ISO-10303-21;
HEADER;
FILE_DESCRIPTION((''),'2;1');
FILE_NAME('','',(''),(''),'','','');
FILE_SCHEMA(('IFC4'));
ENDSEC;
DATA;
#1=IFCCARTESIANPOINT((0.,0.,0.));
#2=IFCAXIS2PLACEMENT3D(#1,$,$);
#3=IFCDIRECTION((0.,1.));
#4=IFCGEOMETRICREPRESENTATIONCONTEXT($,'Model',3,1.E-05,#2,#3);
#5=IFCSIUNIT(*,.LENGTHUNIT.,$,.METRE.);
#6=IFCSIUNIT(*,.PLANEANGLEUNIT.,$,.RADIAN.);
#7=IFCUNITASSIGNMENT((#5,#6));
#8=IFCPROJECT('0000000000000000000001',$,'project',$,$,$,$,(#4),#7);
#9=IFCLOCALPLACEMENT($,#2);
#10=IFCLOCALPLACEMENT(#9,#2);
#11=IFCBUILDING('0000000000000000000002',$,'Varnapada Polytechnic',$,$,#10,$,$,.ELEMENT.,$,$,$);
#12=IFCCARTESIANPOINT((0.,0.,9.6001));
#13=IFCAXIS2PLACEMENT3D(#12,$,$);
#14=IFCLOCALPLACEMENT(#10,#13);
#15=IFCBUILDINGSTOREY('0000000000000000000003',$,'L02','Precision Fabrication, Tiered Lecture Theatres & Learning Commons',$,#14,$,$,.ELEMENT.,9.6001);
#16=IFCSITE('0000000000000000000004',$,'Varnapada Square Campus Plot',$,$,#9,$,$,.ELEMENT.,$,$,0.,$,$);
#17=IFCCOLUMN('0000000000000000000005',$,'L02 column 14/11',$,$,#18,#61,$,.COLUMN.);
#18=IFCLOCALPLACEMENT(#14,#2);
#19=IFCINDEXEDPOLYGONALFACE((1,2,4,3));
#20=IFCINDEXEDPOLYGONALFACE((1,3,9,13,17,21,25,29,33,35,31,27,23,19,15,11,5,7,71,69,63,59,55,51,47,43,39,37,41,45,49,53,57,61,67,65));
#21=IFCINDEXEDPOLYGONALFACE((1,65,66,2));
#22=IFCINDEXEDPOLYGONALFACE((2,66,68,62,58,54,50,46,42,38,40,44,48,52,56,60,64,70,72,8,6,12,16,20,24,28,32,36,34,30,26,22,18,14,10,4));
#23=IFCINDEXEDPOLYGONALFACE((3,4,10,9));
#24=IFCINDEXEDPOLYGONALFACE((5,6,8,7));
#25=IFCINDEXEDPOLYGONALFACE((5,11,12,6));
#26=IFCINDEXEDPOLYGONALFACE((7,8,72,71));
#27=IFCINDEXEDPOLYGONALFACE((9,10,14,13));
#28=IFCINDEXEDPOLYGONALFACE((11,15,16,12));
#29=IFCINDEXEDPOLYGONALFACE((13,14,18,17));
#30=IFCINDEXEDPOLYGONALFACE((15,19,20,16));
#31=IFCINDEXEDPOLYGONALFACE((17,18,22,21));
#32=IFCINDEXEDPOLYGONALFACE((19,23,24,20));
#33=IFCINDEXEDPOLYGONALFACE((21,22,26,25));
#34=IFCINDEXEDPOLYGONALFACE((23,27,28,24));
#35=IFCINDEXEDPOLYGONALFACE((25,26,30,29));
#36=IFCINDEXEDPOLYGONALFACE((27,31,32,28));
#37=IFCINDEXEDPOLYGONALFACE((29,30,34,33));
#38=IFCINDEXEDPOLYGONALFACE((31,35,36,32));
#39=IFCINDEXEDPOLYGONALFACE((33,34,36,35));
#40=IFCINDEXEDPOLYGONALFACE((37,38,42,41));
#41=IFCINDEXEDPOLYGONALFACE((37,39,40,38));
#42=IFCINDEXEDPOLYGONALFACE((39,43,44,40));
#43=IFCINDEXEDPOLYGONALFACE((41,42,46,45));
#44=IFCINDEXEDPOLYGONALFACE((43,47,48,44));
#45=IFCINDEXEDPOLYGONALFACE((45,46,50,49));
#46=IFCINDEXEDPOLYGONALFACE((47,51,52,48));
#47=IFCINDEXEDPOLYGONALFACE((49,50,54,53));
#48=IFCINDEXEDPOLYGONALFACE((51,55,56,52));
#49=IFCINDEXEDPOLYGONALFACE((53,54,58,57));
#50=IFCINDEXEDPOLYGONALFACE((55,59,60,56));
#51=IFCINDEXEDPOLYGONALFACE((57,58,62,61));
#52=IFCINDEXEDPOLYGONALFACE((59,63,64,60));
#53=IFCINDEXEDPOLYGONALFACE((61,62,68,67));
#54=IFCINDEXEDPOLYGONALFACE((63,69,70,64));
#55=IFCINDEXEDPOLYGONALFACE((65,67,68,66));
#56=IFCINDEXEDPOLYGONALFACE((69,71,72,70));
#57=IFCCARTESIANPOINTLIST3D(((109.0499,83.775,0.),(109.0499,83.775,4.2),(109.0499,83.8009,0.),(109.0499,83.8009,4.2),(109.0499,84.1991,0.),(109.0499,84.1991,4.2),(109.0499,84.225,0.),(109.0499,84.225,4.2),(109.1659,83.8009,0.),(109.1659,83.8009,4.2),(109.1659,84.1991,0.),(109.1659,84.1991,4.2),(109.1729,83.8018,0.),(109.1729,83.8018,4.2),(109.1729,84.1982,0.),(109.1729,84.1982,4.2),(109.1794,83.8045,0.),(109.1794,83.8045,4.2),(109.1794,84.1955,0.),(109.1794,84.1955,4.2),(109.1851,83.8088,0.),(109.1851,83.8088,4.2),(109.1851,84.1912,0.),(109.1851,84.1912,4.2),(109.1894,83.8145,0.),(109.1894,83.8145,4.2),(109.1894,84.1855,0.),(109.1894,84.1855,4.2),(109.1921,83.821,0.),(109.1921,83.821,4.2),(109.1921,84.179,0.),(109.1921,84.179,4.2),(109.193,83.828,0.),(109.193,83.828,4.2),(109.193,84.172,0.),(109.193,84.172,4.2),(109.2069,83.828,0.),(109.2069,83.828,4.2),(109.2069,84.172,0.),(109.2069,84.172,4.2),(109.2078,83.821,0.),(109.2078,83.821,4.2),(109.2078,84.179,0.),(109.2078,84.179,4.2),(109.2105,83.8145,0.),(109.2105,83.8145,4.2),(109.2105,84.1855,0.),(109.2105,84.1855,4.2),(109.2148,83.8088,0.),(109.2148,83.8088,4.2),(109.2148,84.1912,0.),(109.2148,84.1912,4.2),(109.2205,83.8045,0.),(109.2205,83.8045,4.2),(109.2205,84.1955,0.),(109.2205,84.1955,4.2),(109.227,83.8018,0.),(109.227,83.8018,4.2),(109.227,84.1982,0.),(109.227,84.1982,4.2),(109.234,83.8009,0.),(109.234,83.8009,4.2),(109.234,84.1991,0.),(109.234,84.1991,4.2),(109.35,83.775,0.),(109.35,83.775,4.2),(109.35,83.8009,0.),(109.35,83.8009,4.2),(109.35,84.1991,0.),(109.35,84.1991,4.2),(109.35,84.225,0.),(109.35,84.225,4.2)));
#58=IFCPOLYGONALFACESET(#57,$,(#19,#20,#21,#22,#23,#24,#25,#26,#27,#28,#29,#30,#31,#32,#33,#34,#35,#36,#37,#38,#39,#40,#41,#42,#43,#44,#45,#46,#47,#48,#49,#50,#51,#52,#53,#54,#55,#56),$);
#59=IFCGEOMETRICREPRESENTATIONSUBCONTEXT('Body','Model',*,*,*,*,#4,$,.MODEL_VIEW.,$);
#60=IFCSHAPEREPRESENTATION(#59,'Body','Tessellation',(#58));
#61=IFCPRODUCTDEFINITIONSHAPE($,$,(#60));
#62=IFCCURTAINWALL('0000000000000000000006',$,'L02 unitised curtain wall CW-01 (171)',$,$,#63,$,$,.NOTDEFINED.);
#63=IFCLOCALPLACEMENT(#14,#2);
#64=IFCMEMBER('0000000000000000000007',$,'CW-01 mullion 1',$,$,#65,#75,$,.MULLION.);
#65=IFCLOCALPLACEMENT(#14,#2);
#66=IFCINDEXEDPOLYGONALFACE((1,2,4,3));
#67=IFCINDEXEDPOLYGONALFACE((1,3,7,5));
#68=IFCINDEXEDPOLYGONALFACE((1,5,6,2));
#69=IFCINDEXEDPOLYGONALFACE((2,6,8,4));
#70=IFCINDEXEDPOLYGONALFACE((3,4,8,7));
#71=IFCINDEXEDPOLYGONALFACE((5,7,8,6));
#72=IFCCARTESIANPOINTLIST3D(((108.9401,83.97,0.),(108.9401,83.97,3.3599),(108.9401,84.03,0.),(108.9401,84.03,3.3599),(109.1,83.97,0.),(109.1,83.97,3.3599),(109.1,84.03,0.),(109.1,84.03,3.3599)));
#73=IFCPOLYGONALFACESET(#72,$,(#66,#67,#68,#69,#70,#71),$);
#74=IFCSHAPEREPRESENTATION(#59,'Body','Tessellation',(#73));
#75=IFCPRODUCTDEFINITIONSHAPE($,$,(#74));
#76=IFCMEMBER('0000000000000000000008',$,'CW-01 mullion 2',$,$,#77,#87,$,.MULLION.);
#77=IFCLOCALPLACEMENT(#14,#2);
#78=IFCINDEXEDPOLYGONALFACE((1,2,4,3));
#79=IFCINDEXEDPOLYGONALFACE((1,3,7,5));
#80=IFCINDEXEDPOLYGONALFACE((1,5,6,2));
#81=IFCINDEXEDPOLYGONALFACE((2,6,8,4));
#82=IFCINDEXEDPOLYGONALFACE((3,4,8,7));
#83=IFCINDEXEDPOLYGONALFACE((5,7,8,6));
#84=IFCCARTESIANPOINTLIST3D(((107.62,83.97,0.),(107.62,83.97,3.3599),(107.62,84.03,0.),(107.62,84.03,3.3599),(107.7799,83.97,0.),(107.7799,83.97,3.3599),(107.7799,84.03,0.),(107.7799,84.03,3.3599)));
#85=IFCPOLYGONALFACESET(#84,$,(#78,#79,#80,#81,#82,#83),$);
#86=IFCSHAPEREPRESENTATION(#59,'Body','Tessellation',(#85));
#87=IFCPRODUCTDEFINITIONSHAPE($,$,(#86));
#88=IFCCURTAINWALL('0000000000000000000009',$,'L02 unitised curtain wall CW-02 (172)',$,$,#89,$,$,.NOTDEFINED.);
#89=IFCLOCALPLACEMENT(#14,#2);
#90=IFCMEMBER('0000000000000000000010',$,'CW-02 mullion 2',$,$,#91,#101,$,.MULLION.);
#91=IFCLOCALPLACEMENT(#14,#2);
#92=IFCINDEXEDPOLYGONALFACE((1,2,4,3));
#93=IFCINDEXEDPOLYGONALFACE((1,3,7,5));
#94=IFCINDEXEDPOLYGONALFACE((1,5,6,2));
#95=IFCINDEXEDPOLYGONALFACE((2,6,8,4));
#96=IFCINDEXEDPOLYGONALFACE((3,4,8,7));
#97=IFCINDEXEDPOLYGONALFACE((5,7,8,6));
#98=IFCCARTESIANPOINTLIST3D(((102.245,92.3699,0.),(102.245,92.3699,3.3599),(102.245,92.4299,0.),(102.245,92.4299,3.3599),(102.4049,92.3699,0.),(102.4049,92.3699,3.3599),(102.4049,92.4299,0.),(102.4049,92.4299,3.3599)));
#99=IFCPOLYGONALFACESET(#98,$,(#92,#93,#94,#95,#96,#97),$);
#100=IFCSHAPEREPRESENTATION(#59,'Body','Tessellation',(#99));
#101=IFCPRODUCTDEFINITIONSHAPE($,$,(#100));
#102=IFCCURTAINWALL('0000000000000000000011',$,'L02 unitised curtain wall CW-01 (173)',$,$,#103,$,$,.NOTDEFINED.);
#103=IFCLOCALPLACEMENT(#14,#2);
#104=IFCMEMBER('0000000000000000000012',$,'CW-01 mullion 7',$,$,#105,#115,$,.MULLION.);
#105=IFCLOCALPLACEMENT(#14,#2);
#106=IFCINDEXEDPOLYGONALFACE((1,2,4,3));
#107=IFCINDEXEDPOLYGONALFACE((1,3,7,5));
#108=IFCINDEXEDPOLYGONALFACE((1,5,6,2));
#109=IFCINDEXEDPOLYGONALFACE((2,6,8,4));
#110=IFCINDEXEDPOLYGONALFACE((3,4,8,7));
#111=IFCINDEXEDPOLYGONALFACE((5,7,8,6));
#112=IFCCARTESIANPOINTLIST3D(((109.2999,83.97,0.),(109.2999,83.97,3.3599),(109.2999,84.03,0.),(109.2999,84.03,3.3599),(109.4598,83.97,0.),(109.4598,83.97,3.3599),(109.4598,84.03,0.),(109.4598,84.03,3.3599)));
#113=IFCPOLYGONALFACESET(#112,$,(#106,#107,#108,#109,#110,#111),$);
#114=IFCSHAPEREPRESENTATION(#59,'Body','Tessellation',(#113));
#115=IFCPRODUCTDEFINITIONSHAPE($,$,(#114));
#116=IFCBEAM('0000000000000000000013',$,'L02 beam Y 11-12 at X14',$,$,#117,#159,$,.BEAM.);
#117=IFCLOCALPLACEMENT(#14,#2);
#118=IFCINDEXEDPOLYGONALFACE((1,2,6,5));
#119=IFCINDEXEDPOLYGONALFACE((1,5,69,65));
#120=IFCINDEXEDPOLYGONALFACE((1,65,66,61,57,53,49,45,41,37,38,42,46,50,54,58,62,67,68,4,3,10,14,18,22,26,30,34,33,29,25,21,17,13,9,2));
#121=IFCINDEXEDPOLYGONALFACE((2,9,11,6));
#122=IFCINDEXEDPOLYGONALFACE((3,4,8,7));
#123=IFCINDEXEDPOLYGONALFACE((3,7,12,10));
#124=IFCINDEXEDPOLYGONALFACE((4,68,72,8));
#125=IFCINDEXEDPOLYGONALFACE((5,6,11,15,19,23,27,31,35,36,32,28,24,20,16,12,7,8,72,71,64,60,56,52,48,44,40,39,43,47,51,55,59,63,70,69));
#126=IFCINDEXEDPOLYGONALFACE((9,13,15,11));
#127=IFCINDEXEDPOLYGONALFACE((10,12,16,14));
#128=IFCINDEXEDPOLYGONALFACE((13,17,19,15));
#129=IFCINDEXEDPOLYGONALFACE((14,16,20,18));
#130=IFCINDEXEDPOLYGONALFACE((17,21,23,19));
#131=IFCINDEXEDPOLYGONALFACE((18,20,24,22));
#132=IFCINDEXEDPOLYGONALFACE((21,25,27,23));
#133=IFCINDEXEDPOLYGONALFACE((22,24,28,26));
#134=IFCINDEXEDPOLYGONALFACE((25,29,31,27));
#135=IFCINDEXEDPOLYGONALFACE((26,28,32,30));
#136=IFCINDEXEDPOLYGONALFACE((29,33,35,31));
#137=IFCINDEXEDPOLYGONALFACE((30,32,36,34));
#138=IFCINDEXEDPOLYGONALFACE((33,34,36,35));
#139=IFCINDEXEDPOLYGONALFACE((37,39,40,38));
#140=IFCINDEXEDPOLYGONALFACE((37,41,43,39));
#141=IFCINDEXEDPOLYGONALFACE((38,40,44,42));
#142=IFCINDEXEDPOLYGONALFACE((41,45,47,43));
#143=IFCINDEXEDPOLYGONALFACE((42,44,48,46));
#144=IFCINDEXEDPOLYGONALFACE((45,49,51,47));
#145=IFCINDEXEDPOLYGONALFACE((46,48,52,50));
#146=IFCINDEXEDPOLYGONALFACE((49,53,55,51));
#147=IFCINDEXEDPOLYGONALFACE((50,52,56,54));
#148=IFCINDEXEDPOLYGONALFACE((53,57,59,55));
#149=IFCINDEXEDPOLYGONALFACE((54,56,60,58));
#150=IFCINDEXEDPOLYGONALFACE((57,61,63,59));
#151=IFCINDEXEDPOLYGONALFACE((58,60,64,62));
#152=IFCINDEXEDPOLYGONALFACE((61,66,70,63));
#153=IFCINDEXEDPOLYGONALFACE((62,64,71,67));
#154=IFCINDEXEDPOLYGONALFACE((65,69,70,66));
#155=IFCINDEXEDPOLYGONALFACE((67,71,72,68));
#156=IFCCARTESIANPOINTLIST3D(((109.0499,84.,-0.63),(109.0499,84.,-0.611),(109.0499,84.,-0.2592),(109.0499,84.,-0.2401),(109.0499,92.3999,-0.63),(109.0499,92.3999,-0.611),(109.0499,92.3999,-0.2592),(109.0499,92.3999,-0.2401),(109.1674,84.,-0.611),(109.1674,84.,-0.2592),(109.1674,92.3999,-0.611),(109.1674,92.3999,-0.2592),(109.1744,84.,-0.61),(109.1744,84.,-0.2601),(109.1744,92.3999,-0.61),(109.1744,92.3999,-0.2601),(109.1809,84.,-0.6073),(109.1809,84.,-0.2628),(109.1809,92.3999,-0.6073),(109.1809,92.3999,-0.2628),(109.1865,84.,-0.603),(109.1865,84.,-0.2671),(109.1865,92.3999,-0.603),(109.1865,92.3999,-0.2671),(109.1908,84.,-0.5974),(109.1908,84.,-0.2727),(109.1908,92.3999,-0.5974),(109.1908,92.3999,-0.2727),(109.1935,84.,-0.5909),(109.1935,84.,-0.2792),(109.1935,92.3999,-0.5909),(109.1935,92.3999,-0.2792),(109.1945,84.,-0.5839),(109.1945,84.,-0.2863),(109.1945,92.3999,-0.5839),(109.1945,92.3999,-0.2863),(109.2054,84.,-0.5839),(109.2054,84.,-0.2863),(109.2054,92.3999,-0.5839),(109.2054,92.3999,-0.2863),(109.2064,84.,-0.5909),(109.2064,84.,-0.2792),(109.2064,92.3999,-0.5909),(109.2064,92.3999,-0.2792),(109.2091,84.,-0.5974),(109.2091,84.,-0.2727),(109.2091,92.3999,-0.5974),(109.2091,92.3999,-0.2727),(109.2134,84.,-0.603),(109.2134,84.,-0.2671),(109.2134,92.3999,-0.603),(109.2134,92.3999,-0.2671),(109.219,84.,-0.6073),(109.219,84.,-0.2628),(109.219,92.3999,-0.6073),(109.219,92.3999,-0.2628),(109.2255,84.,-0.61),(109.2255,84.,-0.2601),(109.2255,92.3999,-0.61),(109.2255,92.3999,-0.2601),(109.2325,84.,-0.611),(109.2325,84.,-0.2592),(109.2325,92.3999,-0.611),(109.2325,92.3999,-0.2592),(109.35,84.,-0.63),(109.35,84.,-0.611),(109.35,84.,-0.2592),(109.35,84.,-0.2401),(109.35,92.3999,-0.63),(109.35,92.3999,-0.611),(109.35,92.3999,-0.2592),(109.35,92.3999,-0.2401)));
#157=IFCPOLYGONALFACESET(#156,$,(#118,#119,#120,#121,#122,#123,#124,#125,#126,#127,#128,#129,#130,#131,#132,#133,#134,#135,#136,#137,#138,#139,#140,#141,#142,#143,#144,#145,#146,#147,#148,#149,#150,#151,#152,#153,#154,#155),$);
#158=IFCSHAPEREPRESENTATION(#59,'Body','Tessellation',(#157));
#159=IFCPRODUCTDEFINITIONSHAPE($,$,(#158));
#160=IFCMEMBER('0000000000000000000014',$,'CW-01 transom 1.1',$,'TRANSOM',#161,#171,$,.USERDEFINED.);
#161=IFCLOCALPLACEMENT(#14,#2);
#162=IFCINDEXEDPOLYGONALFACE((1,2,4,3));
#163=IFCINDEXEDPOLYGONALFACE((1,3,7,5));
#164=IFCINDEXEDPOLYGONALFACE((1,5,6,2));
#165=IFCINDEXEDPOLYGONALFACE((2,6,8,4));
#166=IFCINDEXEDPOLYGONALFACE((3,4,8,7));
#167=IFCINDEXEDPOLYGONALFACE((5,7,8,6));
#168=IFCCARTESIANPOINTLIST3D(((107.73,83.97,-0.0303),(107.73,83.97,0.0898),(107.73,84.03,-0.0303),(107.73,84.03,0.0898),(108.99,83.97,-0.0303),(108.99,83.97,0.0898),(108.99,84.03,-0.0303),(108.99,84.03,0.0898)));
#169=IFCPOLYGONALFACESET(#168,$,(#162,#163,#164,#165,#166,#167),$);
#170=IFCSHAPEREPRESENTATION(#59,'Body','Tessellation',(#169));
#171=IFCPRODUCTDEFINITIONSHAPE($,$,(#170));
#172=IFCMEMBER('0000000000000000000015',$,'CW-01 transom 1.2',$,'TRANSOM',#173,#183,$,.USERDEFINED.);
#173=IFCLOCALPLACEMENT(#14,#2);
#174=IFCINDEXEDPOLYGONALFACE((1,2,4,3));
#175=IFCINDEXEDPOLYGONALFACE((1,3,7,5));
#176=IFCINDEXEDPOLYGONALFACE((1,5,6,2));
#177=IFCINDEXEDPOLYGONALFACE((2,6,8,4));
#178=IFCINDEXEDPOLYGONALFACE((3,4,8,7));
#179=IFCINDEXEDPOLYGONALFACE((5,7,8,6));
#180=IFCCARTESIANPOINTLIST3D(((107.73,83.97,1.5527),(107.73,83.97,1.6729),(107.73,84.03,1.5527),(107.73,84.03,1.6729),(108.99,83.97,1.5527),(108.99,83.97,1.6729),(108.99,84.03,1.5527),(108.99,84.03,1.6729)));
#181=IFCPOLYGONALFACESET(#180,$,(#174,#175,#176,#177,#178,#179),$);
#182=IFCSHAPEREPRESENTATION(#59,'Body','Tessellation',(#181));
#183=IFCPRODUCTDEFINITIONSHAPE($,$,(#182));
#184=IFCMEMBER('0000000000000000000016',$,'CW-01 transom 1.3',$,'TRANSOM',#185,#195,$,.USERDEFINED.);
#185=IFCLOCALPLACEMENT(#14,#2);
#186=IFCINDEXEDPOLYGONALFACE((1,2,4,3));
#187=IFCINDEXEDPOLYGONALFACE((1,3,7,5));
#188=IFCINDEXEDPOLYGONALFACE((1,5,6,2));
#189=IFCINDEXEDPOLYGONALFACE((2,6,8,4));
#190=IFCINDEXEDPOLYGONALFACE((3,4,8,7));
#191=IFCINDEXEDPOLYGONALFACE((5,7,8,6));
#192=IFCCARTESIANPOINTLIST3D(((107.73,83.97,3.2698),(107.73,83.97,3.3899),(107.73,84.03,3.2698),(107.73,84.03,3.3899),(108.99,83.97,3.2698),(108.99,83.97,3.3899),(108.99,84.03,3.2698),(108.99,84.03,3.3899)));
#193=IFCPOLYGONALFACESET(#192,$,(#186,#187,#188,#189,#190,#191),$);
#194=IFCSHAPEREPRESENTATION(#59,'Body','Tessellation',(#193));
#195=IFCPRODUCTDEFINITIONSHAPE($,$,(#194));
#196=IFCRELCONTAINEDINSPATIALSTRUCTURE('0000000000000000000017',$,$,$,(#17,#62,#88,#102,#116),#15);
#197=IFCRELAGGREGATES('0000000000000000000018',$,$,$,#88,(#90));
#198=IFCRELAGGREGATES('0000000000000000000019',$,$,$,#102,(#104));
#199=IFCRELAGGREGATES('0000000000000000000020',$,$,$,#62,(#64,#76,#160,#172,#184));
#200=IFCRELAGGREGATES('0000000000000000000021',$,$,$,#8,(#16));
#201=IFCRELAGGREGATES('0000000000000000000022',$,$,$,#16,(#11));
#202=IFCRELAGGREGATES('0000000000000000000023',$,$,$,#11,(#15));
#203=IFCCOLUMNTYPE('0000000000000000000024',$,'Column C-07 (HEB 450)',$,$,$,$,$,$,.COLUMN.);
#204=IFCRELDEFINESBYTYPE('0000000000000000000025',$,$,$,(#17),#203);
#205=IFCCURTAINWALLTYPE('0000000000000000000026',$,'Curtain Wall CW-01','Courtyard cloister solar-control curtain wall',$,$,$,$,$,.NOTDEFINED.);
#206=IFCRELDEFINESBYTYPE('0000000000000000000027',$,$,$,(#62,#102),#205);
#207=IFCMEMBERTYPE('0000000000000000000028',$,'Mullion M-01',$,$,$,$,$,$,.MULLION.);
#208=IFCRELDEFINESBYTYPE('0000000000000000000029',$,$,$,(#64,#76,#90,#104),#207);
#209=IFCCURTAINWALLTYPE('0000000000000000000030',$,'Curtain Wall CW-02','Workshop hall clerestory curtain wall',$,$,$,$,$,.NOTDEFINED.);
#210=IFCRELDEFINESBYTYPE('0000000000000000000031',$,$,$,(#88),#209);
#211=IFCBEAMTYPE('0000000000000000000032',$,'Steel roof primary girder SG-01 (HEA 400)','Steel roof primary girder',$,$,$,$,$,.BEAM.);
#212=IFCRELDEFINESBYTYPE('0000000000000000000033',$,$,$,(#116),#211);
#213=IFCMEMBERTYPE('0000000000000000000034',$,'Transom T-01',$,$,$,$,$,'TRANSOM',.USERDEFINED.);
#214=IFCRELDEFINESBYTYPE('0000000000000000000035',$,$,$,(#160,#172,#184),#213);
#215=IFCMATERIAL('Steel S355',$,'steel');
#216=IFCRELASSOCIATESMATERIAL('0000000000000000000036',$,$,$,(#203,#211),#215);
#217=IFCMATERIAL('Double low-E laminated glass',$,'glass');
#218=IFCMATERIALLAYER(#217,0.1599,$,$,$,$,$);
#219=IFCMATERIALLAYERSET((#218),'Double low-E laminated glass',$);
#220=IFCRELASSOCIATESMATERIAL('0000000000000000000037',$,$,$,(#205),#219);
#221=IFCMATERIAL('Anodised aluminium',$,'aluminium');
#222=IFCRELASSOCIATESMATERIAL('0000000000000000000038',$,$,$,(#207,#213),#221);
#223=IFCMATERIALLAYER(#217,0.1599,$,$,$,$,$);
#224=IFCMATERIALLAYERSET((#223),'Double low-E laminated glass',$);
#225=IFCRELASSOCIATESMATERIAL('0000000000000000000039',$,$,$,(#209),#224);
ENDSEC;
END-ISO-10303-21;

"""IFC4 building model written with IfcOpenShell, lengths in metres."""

from ifc_helpers import new_model, si_unit, direction, frame, origin, origin_2d, place, context, subcontext, project, spatial, rectangle, i_section, extrude, material, layer, layer_set, material_profile, profile_set, type_object, element, aggregate, save


model = new_model("IFC4")

# Units and contexts
model_context = context("Model", 3, precision=1e-05, world=origin(), true_north=direction((0.0, 1.0)))
body_context = subcontext(model_context, "Body", "Model", "MODEL_VIEW")
ifc_project = project(units=[si_unit("LENGTHUNIT", "METRE"), si_unit("PLANEANGLEUNIT", "RADIAN")], contexts=[model_context])

# Site, building, storey
site_placement = place(None, origin())
site = spatial("IfcSite", under=ifc_project, at=site_placement, Name="Varnapada Square Campus Plot", CompositionType="ELEMENT", RefElevation=0.0)
building_placement = place(site_placement, origin())
building = spatial("IfcBuilding", under=site, at=building_placement, Name="Varnapada Polytechnic", CompositionType="ELEMENT")
storey_placement = place(building_placement, frame((0.0, 0.0, 9.6001)))
storey = spatial("IfcBuildingStorey", under=building, at=storey_placement, Name="L02", Description="Precision Fabrication, Tiered Lecture Theatres & Learning Commons", CompositionType="ELEMENT", Elevation=9.6001)

# Column
ifc_material_1 = material(Name="Steel S355", Category="steel")
ifc_material_profile_1 = material_profile(ifc_material_1, i_section(OverallWidth=0.3, OverallDepth=0.45, WebThickness=0.0139, FlangeThickness=0.0259, FilletRadius=0.0271, at=origin_2d()), Name="HEB 450")
ifc_profile_set_1 = profile_set([ifc_material_profile_1], Name="Steel S355")
column_type = type_object("IfcColumnType", Name="Column C-07 (HEB 450)", PredefinedType="COLUMN", material=ifc_profile_set_1)
column_placement = place(storey_placement, frame((109.2, 84.0, 0.0), z_axis=(0.0, 0.0, 1.0), x_axis=(1.0, 0.0, 0.0)))
element("IfcColumn", 1, at=column_placement, inside=storey, type_object=column_type, Name="L02 column 14/11", PredefinedType="COLUMN", context=body_context, shape_type="SweptSolid", body=[
    extrude(i_section(OverallWidth=0.3, OverallDepth=0.45, WebThickness=0.0139, FlangeThickness=0.0259, FilletRadius=0.0271, at=origin_2d()), origin(), (0.0, 0.0, 1.0), 4.2),
])

# Curtain wall, members
ifc_material_2 = material(Name="Double low-E laminated glass", Category="glass")
ifc_layer_1 = layer(ifc_material_2, 0.1599)
ifc_layer_set_1 = layer_set([ifc_layer_1], Name="Double low-E laminated glass")
curtain_wall_type_1 = type_object("IfcCurtainWallType", Name="Curtain Wall CW-01", Description="Courtyard cloister solar-control curtain wall", PredefinedType="NOTDEFINED", material=ifc_layer_set_1)
curtain_wall_1_placement = place(storey_placement, origin())
curtain_wall_1 = element("IfcCurtainWall", 2, at=curtain_wall_1_placement, inside=storey, type_object=curtain_wall_type_1, Name="L02 unitised curtain wall CW-01 (171)", PredefinedType="NOTDEFINED")
ifc_material_3 = material(Name="Anodised aluminium", Category="aluminium")
ifc_material_profile_2 = material_profile(ifc_material_3, rectangle(XDim=0.0601, YDim=0.1599, at=origin_2d()), Name="ALU M60x160")
ifc_profile_set_2 = profile_set([ifc_material_profile_2], Name="Anodised aluminium")
member_type_1 = type_object("IfcMemberType", Name="Mullion M-01", PredefinedType="MULLION", material=ifc_profile_set_2)
member_1_placement = place(storey_placement, frame((109.02, 84.0, 0.0), z_axis=(0.0, 0.0, 1.0), x_axis=(0.0, -1.0, 0.0)))
member_1 = element("IfcMember", 3, at=member_1_placement, type_object=member_type_1, Name="CW-01 mullion 1", PredefinedType="MULLION", context=body_context, shape_type="SweptSolid", body=[
    extrude(rectangle(XDim=0.0601, YDim=0.1599, at=origin_2d()), origin(), (0.0, 0.0, 1.0), 3.3599),
])
member_2_placement = place(storey_placement, frame((107.7, 84.0, 0.0), z_axis=(0.0, 0.0, 1.0), x_axis=(0.0, -1.0, 0.0)))
member_2 = element("IfcMember", 4, at=member_2_placement, type_object=member_type_1, Name="CW-01 mullion 2", PredefinedType="MULLION", context=body_context, shape_type="SweptSolid", body=[
    extrude(rectangle(XDim=0.0601, YDim=0.1599, at=origin_2d()), origin(), (0.0, 0.0, 1.0), 3.3599),
])

# Curtain walls, members
ifc_layer_2 = layer(ifc_material_2, 0.1599)
ifc_layer_set_2 = layer_set([ifc_layer_2], Name="Double low-E laminated glass")
curtain_wall_type_2 = type_object("IfcCurtainWallType", Name="Curtain Wall CW-02", Description="Workshop hall clerestory curtain wall", PredefinedType="NOTDEFINED", material=ifc_layer_set_2)
curtain_wall_2_placement = place(storey_placement, origin())
curtain_wall_2 = element("IfcCurtainWall", 5, at=curtain_wall_2_placement, inside=storey, type_object=curtain_wall_type_2, Name="L02 unitised curtain wall CW-02 (172)", PredefinedType="NOTDEFINED")
member_3_placement = place(storey_placement, frame((102.325, 92.3999, 0.0), z_axis=(0.0, 0.0, 1.0), x_axis=(0.0, 1.0, 0.0)))
member_3 = element("IfcMember", 6, at=member_3_placement, type_object=member_type_1, Name="CW-02 mullion 2", PredefinedType="MULLION", context=body_context, shape_type="SweptSolid", body=[
    extrude(rectangle(XDim=0.0601, YDim=0.1599, at=origin_2d()), origin(), (0.0, 0.0, 1.0), 3.3599),
])
aggregate(curtain_wall_2, [member_3])
curtain_wall_3_placement = place(storey_placement, origin())
curtain_wall_3 = element("IfcCurtainWall", 7, at=curtain_wall_3_placement, inside=storey, type_object=curtain_wall_type_1, Name="L02 unitised curtain wall CW-01 (173)", PredefinedType="NOTDEFINED")
member_4_placement = place(storey_placement, frame((109.3799, 84.0, 0.0), z_axis=(0.0, 0.0, 1.0), x_axis=(0.0, -1.0, 0.0)))
member_4 = element("IfcMember", 8, at=member_4_placement, type_object=member_type_1, Name="CW-01 mullion 7", PredefinedType="MULLION", context=body_context, shape_type="SweptSolid", body=[
    extrude(rectangle(XDim=0.0601, YDim=0.1599, at=origin_2d()), origin(), (0.0, 0.0, 1.0), 3.3599),
])
aggregate(curtain_wall_3, [member_4])

# Beam
ifc_material_profile_3 = material_profile(ifc_material_1, i_section(OverallWidth=0.3, OverallDepth=0.3899, WebThickness=0.011, FlangeThickness=0.019, FilletRadius=0.0271, at=origin_2d()), Name="HEA 400")
ifc_profile_set_3 = profile_set([ifc_material_profile_3], Name="Steel S355")
beam_type_1 = type_object("IfcBeamType", Name="Steel roof primary girder SG-01 (HEA 400)", Description="Steel roof primary girder", PredefinedType="BEAM", material=ifc_profile_set_3)
beam_1_placement = place(storey_placement, frame((109.2, 84.0, -0.4351), z_axis=(0.0, 1.0, 0.0), x_axis=(-1.0, 0.0, 0.0)))
element("IfcBeam", 9, at=beam_1_placement, inside=storey, type_object=beam_type_1, Name="L02 beam Y 11-12 at X14", PredefinedType="BEAM", context=body_context, shape_type="SweptSolid", body=[
    extrude(i_section(OverallWidth=0.3, OverallDepth=0.3899, WebThickness=0.011, FlangeThickness=0.019, FilletRadius=0.0271, at=origin_2d()), origin(), (0.0, 0.0, 1.0), 8.3999),
])

# Members
ifc_material_profile_4 = material_profile(ifc_material_3, rectangle(XDim=0.0601, YDim=0.1201, at=origin_2d()), Name="ALU T60x120")
ifc_profile_set_4 = profile_set([ifc_material_profile_4], Name="Anodised aluminium")
member_type_2 = type_object("IfcMemberType", Name="Transom T-01", ElementType="TRANSOM", PredefinedType="USERDEFINED", material=ifc_profile_set_4)
member_5_placement = place(storey_placement, frame((108.99, 84.0, 0.0298), z_axis=(-1.0, 0.0, 0.0), x_axis=(0.0, -1.0, 0.0)))
member_5 = element("IfcMember", 10, at=member_5_placement, type_object=member_type_2, Name="CW-01 transom 1.1", ObjectType="TRANSOM", PredefinedType="USERDEFINED", context=body_context, shape_type="SweptSolid", body=[
    extrude(rectangle(XDim=0.0601, YDim=0.1201, at=origin_2d()), origin(), (0.0, 0.0, 1.0), 1.26),
])
member_6_placement = place(storey_placement, frame((108.99, 84.0, 1.6128), z_axis=(-1.0, 0.0, 0.0), x_axis=(0.0, -1.0, 0.0)))
member_6 = element("IfcMember", 11, at=member_6_placement, type_object=member_type_2, Name="CW-01 transom 1.2", ObjectType="TRANSOM", PredefinedType="USERDEFINED", context=body_context, shape_type="SweptSolid", body=[
    extrude(rectangle(XDim=0.0601, YDim=0.1201, at=origin_2d()), origin(), (0.0, 0.0, 1.0), 1.26),
])
member_7_placement = place(storey_placement, frame((108.99, 84.0, 3.3298), z_axis=(-1.0, 0.0, 0.0), x_axis=(0.0, -1.0, 0.0)))
member_7 = element("IfcMember", 12, at=member_7_placement, type_object=member_type_2, Name="CW-01 transom 1.3", ObjectType="TRANSOM", PredefinedType="USERDEFINED", context=body_context, shape_type="SweptSolid", body=[
    extrude(rectangle(XDim=0.0601, YDim=0.1201, at=origin_2d()), origin(), (0.0, 0.0, 1.0), 1.26),
])

aggregate(curtain_wall_1, [member_1, member_2, member_5, member_6, member_7])

save(model, "model.ifc")
